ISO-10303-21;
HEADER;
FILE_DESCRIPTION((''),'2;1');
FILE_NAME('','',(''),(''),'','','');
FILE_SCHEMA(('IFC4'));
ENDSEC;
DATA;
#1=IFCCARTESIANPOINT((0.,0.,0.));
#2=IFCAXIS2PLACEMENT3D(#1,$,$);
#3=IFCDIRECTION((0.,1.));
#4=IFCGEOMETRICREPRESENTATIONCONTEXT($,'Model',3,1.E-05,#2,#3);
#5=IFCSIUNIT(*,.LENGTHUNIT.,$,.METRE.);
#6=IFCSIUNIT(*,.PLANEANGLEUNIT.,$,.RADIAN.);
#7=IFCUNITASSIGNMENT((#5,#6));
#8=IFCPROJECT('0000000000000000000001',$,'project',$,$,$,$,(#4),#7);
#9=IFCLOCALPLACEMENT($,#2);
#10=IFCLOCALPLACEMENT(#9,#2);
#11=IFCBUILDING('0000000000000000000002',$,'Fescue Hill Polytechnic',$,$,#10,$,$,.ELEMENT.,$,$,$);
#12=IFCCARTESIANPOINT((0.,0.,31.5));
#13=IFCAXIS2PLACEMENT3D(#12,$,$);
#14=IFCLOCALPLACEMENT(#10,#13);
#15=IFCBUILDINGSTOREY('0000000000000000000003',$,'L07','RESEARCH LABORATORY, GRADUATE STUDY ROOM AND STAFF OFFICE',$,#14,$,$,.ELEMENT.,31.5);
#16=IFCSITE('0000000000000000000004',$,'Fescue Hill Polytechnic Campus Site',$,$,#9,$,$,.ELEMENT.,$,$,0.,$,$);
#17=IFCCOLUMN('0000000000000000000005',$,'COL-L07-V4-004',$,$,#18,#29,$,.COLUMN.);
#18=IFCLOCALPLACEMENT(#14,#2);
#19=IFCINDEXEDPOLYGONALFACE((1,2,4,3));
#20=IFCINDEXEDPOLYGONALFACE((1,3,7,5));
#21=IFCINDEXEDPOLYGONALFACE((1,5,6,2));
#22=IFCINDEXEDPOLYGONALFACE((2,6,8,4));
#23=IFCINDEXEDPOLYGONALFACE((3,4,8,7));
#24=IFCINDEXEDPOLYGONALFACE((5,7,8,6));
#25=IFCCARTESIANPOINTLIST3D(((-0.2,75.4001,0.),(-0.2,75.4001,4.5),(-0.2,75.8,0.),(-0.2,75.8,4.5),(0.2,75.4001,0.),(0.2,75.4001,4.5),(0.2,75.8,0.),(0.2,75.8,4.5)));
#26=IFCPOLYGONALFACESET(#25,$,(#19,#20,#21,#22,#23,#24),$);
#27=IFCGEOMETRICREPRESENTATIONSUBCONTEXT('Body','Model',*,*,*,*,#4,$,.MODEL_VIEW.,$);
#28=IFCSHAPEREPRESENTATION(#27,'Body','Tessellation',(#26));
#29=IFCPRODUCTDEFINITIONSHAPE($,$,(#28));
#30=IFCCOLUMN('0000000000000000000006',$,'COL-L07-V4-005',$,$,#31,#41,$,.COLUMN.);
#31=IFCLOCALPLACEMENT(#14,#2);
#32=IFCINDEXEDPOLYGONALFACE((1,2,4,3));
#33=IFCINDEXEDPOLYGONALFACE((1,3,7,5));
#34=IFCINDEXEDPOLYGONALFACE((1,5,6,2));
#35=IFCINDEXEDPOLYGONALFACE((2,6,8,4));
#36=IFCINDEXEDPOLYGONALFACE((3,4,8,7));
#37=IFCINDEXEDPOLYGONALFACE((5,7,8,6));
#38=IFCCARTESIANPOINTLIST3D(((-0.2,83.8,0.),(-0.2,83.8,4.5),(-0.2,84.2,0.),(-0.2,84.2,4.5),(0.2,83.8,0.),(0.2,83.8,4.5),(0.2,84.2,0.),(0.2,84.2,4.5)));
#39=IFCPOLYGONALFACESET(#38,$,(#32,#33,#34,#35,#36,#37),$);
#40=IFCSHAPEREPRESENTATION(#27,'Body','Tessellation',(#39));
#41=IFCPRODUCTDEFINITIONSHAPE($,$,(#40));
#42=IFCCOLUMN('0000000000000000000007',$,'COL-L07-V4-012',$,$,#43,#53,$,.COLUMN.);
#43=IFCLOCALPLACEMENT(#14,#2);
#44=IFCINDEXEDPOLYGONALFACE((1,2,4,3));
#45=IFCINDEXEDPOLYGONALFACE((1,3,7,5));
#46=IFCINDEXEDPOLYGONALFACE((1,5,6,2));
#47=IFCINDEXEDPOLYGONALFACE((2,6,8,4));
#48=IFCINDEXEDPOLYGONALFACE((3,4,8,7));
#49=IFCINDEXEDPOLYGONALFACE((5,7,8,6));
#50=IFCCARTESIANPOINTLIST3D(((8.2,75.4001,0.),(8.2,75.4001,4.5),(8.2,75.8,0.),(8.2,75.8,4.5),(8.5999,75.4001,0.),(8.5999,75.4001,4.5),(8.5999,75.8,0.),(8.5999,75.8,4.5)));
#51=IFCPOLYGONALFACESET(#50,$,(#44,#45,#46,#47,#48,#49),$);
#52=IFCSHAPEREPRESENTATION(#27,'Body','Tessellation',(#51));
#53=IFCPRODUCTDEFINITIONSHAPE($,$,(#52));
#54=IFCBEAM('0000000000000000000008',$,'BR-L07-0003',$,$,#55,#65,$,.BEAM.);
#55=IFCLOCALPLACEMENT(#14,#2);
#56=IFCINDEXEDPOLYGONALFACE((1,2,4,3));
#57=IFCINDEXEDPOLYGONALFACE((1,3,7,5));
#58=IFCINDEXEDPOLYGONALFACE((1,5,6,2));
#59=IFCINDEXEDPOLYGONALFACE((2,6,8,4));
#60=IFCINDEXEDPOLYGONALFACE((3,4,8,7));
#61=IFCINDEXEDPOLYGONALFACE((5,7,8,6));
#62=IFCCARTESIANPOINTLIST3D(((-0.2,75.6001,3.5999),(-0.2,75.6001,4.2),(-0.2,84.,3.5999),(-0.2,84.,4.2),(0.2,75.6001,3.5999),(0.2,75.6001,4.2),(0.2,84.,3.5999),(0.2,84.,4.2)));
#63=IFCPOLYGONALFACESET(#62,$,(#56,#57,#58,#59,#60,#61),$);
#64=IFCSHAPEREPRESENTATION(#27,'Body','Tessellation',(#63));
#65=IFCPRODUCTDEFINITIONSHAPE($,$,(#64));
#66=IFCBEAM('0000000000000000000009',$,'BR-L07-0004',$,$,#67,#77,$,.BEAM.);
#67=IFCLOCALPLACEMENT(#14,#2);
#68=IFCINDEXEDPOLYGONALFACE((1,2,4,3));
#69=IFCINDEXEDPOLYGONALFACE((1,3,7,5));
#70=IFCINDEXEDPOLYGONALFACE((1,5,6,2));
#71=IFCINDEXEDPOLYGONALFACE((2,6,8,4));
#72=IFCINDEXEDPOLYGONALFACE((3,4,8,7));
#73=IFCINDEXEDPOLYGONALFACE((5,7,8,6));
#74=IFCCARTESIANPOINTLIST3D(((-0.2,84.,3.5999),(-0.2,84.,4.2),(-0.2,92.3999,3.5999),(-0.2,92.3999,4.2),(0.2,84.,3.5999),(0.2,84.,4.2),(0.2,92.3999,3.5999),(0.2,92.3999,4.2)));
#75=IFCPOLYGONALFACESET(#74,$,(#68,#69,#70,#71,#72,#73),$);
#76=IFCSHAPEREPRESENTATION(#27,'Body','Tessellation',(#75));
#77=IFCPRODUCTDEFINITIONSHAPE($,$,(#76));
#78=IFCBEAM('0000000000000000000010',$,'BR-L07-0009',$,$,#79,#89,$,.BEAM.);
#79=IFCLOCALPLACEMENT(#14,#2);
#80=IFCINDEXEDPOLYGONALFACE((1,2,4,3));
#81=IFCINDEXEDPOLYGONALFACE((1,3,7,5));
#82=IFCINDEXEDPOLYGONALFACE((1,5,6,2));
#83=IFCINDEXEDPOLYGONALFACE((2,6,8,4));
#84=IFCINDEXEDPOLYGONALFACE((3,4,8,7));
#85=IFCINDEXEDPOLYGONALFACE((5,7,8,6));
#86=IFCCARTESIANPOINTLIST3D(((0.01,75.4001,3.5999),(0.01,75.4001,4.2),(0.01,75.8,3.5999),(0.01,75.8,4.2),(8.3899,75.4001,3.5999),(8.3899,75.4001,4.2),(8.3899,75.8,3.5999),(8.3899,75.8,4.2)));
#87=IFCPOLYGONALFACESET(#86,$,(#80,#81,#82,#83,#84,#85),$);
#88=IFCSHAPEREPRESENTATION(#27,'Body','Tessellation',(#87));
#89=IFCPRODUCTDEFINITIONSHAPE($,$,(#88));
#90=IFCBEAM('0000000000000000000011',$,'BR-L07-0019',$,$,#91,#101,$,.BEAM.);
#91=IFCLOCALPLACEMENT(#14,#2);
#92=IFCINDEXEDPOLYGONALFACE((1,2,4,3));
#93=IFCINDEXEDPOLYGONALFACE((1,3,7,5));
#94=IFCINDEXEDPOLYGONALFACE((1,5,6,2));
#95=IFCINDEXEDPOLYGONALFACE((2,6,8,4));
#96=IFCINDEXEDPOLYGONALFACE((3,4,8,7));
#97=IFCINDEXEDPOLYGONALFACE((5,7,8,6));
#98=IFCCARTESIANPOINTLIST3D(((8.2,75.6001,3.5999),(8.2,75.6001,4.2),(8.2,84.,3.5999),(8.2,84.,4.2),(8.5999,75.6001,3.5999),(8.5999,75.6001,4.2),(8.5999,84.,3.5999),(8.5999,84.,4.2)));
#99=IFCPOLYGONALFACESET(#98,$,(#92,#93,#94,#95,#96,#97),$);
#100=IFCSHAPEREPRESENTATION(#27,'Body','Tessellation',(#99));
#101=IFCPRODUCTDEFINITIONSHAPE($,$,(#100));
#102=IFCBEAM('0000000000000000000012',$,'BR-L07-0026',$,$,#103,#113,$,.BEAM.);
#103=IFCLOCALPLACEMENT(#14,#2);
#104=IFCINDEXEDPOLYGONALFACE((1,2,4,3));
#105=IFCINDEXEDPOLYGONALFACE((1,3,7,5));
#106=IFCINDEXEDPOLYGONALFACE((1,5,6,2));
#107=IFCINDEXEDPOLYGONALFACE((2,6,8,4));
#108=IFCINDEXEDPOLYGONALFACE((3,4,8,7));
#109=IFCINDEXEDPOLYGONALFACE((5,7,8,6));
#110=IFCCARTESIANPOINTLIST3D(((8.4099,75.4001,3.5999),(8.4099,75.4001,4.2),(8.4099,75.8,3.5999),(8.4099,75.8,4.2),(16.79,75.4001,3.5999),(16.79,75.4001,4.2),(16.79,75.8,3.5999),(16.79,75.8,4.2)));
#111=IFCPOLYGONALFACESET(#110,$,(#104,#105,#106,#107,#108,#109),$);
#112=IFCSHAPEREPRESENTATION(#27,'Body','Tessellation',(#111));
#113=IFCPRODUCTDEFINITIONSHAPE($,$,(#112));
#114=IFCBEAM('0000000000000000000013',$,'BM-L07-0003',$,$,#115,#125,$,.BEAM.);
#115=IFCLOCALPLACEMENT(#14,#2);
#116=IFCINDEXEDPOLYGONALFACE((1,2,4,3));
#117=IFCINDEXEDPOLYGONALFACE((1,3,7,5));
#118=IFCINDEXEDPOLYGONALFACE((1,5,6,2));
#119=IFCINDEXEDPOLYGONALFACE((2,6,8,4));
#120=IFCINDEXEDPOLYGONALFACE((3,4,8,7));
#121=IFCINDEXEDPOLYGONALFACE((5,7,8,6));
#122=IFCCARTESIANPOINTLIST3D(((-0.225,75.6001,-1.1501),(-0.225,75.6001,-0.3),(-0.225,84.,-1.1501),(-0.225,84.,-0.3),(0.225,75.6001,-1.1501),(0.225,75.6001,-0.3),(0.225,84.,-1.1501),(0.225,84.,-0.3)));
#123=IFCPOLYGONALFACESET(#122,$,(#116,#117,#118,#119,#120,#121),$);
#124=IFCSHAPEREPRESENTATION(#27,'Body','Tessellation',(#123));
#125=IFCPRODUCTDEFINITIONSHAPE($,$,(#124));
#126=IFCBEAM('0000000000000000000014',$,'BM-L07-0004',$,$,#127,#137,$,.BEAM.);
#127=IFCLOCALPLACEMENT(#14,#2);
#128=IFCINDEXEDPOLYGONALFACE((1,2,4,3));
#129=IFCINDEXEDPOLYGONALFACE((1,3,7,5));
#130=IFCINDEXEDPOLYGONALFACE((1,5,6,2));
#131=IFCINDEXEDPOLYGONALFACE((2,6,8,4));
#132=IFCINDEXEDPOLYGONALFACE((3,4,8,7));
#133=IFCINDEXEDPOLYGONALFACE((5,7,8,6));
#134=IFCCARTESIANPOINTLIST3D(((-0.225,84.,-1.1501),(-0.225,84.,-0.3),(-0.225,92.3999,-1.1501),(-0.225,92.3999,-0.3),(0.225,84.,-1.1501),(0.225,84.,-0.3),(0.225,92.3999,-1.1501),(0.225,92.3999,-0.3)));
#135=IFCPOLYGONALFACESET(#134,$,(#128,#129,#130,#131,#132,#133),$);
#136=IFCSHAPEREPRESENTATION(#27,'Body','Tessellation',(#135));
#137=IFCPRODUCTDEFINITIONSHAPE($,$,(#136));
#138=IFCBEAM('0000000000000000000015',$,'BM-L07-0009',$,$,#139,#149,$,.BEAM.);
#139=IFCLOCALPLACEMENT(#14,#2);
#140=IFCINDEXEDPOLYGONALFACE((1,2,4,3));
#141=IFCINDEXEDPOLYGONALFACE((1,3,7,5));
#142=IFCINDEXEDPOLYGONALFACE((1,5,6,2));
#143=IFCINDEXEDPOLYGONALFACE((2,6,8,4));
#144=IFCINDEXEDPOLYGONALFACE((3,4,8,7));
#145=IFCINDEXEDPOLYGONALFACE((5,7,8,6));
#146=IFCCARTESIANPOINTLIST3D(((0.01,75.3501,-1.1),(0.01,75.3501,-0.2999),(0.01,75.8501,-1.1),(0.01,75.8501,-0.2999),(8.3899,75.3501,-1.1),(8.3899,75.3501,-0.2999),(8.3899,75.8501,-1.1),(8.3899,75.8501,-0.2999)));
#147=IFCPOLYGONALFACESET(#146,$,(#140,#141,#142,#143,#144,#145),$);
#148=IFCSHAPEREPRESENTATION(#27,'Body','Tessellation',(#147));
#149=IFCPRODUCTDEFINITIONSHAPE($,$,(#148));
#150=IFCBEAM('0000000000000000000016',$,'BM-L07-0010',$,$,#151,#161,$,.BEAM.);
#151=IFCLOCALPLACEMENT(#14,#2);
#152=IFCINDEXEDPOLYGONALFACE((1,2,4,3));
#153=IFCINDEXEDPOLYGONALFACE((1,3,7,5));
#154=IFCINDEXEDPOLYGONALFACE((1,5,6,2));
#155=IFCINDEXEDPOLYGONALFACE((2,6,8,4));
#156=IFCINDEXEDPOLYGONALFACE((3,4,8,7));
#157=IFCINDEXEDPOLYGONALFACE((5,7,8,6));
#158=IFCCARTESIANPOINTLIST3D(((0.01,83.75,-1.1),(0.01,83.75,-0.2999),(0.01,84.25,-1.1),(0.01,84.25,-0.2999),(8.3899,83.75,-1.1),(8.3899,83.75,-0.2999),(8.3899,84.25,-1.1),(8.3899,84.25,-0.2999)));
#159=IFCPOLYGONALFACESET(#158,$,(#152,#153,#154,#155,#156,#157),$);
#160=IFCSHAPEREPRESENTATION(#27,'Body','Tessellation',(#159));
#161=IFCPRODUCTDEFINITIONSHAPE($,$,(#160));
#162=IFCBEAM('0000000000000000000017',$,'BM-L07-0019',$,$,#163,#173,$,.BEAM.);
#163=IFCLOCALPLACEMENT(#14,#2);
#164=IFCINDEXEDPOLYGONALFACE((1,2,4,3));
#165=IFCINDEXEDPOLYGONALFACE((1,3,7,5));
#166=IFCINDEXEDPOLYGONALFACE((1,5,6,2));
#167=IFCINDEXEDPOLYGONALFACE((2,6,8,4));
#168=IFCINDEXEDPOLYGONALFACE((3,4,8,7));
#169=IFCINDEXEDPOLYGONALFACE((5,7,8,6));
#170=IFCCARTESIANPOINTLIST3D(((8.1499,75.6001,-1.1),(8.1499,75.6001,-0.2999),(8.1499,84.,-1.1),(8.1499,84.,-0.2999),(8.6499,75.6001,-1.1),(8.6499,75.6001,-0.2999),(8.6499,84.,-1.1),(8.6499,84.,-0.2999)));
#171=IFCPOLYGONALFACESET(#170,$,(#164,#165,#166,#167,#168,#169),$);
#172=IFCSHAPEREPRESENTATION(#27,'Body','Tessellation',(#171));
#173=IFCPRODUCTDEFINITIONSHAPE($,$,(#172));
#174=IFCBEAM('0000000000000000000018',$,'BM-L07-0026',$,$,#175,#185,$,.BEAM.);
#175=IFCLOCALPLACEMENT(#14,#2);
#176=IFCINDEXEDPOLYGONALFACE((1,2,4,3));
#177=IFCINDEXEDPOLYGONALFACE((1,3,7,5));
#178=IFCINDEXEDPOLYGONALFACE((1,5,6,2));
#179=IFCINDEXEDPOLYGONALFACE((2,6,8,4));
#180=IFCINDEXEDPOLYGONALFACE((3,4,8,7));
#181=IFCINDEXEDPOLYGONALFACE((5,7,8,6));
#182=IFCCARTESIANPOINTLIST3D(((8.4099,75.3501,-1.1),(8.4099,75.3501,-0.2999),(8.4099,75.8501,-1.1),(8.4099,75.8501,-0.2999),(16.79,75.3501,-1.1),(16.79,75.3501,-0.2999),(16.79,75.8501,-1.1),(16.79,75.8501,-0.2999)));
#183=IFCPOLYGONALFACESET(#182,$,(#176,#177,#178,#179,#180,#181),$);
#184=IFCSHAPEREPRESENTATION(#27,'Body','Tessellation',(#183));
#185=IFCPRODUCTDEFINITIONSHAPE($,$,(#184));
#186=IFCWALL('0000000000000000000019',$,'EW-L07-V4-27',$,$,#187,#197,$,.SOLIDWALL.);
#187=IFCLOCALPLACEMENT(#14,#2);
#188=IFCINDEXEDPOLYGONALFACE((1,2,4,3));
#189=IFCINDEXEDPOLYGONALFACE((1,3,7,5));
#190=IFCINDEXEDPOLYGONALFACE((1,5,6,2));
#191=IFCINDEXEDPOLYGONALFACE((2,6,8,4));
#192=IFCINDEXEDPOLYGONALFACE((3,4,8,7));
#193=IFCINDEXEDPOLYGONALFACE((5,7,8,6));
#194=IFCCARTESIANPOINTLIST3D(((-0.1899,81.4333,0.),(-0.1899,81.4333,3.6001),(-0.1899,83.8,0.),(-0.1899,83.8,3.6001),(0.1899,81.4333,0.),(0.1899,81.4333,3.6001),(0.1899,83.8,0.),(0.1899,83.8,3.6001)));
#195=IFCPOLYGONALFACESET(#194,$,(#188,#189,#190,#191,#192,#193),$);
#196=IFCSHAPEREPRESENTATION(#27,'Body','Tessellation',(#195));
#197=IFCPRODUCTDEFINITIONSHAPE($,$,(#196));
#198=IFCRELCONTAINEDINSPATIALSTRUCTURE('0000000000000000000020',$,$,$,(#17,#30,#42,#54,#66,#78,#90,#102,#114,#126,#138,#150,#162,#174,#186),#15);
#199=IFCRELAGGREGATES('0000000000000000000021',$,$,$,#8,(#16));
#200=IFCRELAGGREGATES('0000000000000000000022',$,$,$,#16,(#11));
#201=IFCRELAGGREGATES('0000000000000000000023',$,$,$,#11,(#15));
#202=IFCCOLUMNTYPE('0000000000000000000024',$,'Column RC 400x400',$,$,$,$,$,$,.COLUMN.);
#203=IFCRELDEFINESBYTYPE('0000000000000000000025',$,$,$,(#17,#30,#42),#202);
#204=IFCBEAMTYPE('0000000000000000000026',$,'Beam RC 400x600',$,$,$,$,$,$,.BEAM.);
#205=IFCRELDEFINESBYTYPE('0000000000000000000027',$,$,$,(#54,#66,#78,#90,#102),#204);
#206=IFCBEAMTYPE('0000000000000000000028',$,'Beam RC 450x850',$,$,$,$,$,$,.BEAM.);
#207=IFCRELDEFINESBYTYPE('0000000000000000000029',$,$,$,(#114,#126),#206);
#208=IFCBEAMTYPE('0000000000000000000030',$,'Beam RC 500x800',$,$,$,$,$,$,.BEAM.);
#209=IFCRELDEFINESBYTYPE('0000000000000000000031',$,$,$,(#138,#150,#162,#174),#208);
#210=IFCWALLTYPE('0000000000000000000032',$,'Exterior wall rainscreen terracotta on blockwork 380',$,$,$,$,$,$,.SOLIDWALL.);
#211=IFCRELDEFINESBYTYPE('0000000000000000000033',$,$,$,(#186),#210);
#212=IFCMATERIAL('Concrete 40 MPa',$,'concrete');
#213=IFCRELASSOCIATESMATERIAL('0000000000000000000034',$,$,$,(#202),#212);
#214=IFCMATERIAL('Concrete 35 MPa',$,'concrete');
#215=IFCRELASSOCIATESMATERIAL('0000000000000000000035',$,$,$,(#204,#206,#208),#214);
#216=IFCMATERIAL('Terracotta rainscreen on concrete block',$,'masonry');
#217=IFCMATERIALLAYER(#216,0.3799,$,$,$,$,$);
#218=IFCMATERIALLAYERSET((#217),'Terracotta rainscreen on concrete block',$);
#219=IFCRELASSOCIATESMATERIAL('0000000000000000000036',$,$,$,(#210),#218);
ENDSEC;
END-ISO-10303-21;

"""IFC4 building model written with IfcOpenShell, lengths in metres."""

from ifc_helpers import new_model, si_unit, direction, frame, frame_2d, origin, origin_2d, place, context, subcontext, project, spatial, rectangle, extrude, material, layer, layer_set, material_profile, profile_set, type_object, element, save


model = new_model("IFC4")

# Units and contexts
model_context = context("Model", 3, precision=1e-05, world=origin(), true_north=direction((0.0, 1.0)))
body_context = subcontext(model_context, "Body", "Model", "MODEL_VIEW")
ifc_project = project(units=[si_unit("LENGTHUNIT", "METRE"), si_unit("PLANEANGLEUNIT", "RADIAN")], contexts=[model_context])

# Site, building, storey
site_placement = place(None, origin())
site = spatial("IfcSite", under=ifc_project, at=site_placement, Name="Fescue Hill Polytechnic Campus Site", CompositionType="ELEMENT", RefElevation=0.0)
building_placement = place(site_placement, origin())
building = spatial("IfcBuilding", under=site, at=building_placement, Name="Fescue Hill Polytechnic", CompositionType="ELEMENT")
storey_placement = place(building_placement, frame((0.0, 0.0, 31.5)))
storey = spatial("IfcBuildingStorey", under=building, at=storey_placement, Name="L07", Description="RESEARCH LABORATORY, GRADUATE STUDY ROOM AND STAFF OFFICE", CompositionType="ELEMENT", Elevation=31.5)

# Columns
ifc_material_1 = material(Name="Concrete 40 MPa", Category="concrete")
ifc_material_profile_1 = material_profile(ifc_material_1, rectangle(XDim=0.3999, YDim=0.3999, at=origin_2d()), Name="RC 400x400")
ifc_profile_set_1 = profile_set([ifc_material_profile_1], Name="Concrete 40 MPa")
column_type = type_object("IfcColumnType", Name="Column RC 400x400", PredefinedType="COLUMN", material=ifc_profile_set_1)
for number, where, z_axis, x_axis, name in (
    (1, (0.0, 75.6001, 0.0), (0.0, 0.0, 1.0), (1.0, 0.0, 0.0), "COL-L07-V4-004"),
    (2, (0.0, 84.0, 0.0), (0.0, 0.0, 1.0), (1.0, 0.0, 0.0), "COL-L07-V4-005"),
    (3, (8.3999, 75.6001, 0.0), (0.0, 0.0, 1.0), (1.0, 0.0, 0.0), "COL-L07-V4-012"),
):
    element("IfcColumn", number, at=place(storey_placement, frame(where, z_axis=z_axis, x_axis=x_axis)), inside=storey, type_object=column_type, Name=name, PredefinedType="COLUMN", context=body_context, shape_type="SweptSolid", body=[
        extrude(rectangle(XDim=0.3999, YDim=0.3999, at=origin_2d()), origin(), (0.0, 0.0, 1.0), 4.5),
    ])

# Beams
ifc_material_2 = material(Name="Concrete 35 MPa", Category="concrete")
ifc_material_profile_2 = material_profile(ifc_material_2, rectangle(XDim=0.3999, YDim=0.6001, at=origin_2d()), Name="RC 400x600")
ifc_profile_set_2 = profile_set([ifc_material_profile_2], Name="Concrete 35 MPa")
beam_type_1 = type_object("IfcBeamType", Name="Beam RC 400x600", PredefinedType="BEAM", material=ifc_profile_set_2)
for number, where, z_axis, x_axis, name in (
    (4, (0.0, 75.6001, 3.8999), (0.0, 1.0, 0.0), (-1.0, 0.0, 0.0), "BR-L07-0003"),
    (5, (0.0, 84.0, 3.8999), (0.0, 1.0, 0.0), (-1.0, 0.0, 0.0), "BR-L07-0004"),
):
    element("IfcBeam", number, at=place(storey_placement, frame(where, z_axis=z_axis, x_axis=x_axis)), inside=storey, type_object=beam_type_1, Name=name, PredefinedType="BEAM", context=body_context, shape_type="SweptSolid", body=[
        extrude(rectangle(XDim=0.3999, YDim=0.6001, at=origin_2d()), origin(), (0.0, 0.0, 1.0), 8.3999),
    ])
beam_1_placement = place(storey_placement, frame((0.01, 75.6001, 3.8999), z_axis=(1.0, 0.0, 0.0), x_axis=(0.0, 1.0, 0.0)))
element("IfcBeam", 6, at=beam_1_placement, inside=storey, type_object=beam_type_1, Name="BR-L07-0009", PredefinedType="BEAM", context=body_context, shape_type="SweptSolid", body=[
    extrude(rectangle(XDim=0.3999, YDim=0.6001, at=origin_2d()), origin(), (0.0, 0.0, 1.0), 8.3799),
])
beam_2_placement = place(storey_placement, frame((8.3999, 75.6001, 3.8999), z_axis=(0.0, 1.0, 0.0), x_axis=(-1.0, 0.0, 0.0)))
element("IfcBeam", 7, at=beam_2_placement, inside=storey, type_object=beam_type_1, Name="BR-L07-0019", PredefinedType="BEAM", context=body_context, shape_type="SweptSolid", body=[
    extrude(rectangle(XDim=0.3999, YDim=0.6001, at=origin_2d()), origin(), (0.0, 0.0, 1.0), 8.3999),
])
beam_3_placement = place(storey_placement, frame((8.4099, 75.6001, 3.8999), z_axis=(1.0, 0.0, 0.0), x_axis=(0.0, 1.0, 0.0)))
element("IfcBeam", 8, at=beam_3_placement, inside=storey, type_object=beam_type_1, Name="BR-L07-0026", PredefinedType="BEAM", context=body_context, shape_type="SweptSolid", body=[
    extrude(rectangle(XDim=0.3999, YDim=0.6001, at=origin_2d()), origin(), (0.0, 0.0, 1.0), 8.3801),
])
ifc_material_profile_3 = material_profile(ifc_material_2, rectangle(XDim=0.45, YDim=0.8501, at=origin_2d()), Name="RC 450x850")
ifc_profile_set_3 = profile_set([ifc_material_profile_3], Name="Concrete 35 MPa")
beam_type_2 = type_object("IfcBeamType", Name="Beam RC 450x850", PredefinedType="BEAM", material=ifc_profile_set_3)
for number, where, z_axis, x_axis, name in (
    (9, (0.0, 75.6001, -0.7251), (0.0, 1.0, 0.0), (-1.0, 0.0, 0.0), "BM-L07-0003"),
    (10, (0.0, 84.0, -0.7251), (0.0, 1.0, 0.0), (-1.0, 0.0, 0.0), "BM-L07-0004"),
):
    element("IfcBeam", number, at=place(storey_placement, frame(where, z_axis=z_axis, x_axis=x_axis)), inside=storey, type_object=beam_type_2, Name=name, PredefinedType="BEAM", context=body_context, shape_type="SweptSolid", body=[
        extrude(rectangle(XDim=0.45, YDim=0.8501, at=origin_2d()), origin(), (0.0, 0.0, 1.0), 8.3999),
    ])
ifc_material_profile_4 = material_profile(ifc_material_2, rectangle(XDim=0.5, YDim=0.8, at=origin_2d()), Name="RC 500x800")
ifc_profile_set_4 = profile_set([ifc_material_profile_4], Name="Concrete 35 MPa")
beam_type_3 = type_object("IfcBeamType", Name="Beam RC 500x800", PredefinedType="BEAM", material=ifc_profile_set_4)
for number, where, z_axis, x_axis, name in (
    (11, (0.01, 75.6001, -0.7), (1.0, 0.0, 0.0), (0.0, 1.0, 0.0), "BM-L07-0009"),
    (12, (0.01, 84.0, -0.7), (1.0, 0.0, 0.0), (0.0, 1.0, 0.0), "BM-L07-0010"),
):
    element("IfcBeam", number, at=place(storey_placement, frame(where, z_axis=z_axis, x_axis=x_axis)), inside=storey, type_object=beam_type_3, Name=name, PredefinedType="BEAM", context=body_context, shape_type="SweptSolid", body=[
        extrude(rectangle(XDim=0.5, YDim=0.8, at=origin_2d()), origin(), (0.0, 0.0, 1.0), 8.3799),
    ])
beam_4_placement = place(storey_placement, frame((8.3999, 75.6001, -0.7), z_axis=(0.0, 1.0, 0.0), x_axis=(-1.0, 0.0, 0.0)))
element("IfcBeam", 13, at=beam_4_placement, inside=storey, type_object=beam_type_3, Name="BM-L07-0019", PredefinedType="BEAM", context=body_context, shape_type="SweptSolid", body=[
    extrude(rectangle(XDim=0.5, YDim=0.8, at=origin_2d()), origin(), (0.0, 0.0, 1.0), 8.3999),
])
beam_5_placement = place(storey_placement, frame((8.4099, 75.6001, -0.7), z_axis=(1.0, 0.0, 0.0), x_axis=(0.0, 1.0, 0.0)))
element("IfcBeam", 14, at=beam_5_placement, inside=storey, type_object=beam_type_3, Name="BM-L07-0026", PredefinedType="BEAM", context=body_context, shape_type="SweptSolid", body=[
    extrude(rectangle(XDim=0.5, YDim=0.8, at=origin_2d()), origin(), (0.0, 0.0, 1.0), 8.3801),
])

# Wall
ifc_material_3 = material(Name="Terracotta rainscreen on concrete block", Category="masonry")
ifc_layer_1 = layer(ifc_material_3, 0.3799)
ifc_layer_set_1 = layer_set([ifc_layer_1], Name="Terracotta rainscreen on concrete block")
wall_type_1 = type_object("IfcWallType", Name="Exterior wall rainscreen terracotta on blockwork 380", PredefinedType="SOLIDWALL", material=ifc_layer_set_1)
wall_1_placement = place(storey_placement, frame((0.0, 83.8, 0.0), z_axis=(0.0, 0.0, 1.0), x_axis=(0.0, -1.0, 0.0)))
element("IfcWall", 15, at=wall_1_placement, inside=storey, type_object=wall_type_1, Name="EW-L07-V4-27", PredefinedType="SOLIDWALL", context=body_context, shape_type="SweptSolid", body=[
    extrude(rectangle(XDim=2.3667, YDim=0.3799, at=frame_2d((1.1833, 0.0))), origin(), (0.0, 0.0, 1.0), 3.6001),
])

save(model, "model.ifc")
